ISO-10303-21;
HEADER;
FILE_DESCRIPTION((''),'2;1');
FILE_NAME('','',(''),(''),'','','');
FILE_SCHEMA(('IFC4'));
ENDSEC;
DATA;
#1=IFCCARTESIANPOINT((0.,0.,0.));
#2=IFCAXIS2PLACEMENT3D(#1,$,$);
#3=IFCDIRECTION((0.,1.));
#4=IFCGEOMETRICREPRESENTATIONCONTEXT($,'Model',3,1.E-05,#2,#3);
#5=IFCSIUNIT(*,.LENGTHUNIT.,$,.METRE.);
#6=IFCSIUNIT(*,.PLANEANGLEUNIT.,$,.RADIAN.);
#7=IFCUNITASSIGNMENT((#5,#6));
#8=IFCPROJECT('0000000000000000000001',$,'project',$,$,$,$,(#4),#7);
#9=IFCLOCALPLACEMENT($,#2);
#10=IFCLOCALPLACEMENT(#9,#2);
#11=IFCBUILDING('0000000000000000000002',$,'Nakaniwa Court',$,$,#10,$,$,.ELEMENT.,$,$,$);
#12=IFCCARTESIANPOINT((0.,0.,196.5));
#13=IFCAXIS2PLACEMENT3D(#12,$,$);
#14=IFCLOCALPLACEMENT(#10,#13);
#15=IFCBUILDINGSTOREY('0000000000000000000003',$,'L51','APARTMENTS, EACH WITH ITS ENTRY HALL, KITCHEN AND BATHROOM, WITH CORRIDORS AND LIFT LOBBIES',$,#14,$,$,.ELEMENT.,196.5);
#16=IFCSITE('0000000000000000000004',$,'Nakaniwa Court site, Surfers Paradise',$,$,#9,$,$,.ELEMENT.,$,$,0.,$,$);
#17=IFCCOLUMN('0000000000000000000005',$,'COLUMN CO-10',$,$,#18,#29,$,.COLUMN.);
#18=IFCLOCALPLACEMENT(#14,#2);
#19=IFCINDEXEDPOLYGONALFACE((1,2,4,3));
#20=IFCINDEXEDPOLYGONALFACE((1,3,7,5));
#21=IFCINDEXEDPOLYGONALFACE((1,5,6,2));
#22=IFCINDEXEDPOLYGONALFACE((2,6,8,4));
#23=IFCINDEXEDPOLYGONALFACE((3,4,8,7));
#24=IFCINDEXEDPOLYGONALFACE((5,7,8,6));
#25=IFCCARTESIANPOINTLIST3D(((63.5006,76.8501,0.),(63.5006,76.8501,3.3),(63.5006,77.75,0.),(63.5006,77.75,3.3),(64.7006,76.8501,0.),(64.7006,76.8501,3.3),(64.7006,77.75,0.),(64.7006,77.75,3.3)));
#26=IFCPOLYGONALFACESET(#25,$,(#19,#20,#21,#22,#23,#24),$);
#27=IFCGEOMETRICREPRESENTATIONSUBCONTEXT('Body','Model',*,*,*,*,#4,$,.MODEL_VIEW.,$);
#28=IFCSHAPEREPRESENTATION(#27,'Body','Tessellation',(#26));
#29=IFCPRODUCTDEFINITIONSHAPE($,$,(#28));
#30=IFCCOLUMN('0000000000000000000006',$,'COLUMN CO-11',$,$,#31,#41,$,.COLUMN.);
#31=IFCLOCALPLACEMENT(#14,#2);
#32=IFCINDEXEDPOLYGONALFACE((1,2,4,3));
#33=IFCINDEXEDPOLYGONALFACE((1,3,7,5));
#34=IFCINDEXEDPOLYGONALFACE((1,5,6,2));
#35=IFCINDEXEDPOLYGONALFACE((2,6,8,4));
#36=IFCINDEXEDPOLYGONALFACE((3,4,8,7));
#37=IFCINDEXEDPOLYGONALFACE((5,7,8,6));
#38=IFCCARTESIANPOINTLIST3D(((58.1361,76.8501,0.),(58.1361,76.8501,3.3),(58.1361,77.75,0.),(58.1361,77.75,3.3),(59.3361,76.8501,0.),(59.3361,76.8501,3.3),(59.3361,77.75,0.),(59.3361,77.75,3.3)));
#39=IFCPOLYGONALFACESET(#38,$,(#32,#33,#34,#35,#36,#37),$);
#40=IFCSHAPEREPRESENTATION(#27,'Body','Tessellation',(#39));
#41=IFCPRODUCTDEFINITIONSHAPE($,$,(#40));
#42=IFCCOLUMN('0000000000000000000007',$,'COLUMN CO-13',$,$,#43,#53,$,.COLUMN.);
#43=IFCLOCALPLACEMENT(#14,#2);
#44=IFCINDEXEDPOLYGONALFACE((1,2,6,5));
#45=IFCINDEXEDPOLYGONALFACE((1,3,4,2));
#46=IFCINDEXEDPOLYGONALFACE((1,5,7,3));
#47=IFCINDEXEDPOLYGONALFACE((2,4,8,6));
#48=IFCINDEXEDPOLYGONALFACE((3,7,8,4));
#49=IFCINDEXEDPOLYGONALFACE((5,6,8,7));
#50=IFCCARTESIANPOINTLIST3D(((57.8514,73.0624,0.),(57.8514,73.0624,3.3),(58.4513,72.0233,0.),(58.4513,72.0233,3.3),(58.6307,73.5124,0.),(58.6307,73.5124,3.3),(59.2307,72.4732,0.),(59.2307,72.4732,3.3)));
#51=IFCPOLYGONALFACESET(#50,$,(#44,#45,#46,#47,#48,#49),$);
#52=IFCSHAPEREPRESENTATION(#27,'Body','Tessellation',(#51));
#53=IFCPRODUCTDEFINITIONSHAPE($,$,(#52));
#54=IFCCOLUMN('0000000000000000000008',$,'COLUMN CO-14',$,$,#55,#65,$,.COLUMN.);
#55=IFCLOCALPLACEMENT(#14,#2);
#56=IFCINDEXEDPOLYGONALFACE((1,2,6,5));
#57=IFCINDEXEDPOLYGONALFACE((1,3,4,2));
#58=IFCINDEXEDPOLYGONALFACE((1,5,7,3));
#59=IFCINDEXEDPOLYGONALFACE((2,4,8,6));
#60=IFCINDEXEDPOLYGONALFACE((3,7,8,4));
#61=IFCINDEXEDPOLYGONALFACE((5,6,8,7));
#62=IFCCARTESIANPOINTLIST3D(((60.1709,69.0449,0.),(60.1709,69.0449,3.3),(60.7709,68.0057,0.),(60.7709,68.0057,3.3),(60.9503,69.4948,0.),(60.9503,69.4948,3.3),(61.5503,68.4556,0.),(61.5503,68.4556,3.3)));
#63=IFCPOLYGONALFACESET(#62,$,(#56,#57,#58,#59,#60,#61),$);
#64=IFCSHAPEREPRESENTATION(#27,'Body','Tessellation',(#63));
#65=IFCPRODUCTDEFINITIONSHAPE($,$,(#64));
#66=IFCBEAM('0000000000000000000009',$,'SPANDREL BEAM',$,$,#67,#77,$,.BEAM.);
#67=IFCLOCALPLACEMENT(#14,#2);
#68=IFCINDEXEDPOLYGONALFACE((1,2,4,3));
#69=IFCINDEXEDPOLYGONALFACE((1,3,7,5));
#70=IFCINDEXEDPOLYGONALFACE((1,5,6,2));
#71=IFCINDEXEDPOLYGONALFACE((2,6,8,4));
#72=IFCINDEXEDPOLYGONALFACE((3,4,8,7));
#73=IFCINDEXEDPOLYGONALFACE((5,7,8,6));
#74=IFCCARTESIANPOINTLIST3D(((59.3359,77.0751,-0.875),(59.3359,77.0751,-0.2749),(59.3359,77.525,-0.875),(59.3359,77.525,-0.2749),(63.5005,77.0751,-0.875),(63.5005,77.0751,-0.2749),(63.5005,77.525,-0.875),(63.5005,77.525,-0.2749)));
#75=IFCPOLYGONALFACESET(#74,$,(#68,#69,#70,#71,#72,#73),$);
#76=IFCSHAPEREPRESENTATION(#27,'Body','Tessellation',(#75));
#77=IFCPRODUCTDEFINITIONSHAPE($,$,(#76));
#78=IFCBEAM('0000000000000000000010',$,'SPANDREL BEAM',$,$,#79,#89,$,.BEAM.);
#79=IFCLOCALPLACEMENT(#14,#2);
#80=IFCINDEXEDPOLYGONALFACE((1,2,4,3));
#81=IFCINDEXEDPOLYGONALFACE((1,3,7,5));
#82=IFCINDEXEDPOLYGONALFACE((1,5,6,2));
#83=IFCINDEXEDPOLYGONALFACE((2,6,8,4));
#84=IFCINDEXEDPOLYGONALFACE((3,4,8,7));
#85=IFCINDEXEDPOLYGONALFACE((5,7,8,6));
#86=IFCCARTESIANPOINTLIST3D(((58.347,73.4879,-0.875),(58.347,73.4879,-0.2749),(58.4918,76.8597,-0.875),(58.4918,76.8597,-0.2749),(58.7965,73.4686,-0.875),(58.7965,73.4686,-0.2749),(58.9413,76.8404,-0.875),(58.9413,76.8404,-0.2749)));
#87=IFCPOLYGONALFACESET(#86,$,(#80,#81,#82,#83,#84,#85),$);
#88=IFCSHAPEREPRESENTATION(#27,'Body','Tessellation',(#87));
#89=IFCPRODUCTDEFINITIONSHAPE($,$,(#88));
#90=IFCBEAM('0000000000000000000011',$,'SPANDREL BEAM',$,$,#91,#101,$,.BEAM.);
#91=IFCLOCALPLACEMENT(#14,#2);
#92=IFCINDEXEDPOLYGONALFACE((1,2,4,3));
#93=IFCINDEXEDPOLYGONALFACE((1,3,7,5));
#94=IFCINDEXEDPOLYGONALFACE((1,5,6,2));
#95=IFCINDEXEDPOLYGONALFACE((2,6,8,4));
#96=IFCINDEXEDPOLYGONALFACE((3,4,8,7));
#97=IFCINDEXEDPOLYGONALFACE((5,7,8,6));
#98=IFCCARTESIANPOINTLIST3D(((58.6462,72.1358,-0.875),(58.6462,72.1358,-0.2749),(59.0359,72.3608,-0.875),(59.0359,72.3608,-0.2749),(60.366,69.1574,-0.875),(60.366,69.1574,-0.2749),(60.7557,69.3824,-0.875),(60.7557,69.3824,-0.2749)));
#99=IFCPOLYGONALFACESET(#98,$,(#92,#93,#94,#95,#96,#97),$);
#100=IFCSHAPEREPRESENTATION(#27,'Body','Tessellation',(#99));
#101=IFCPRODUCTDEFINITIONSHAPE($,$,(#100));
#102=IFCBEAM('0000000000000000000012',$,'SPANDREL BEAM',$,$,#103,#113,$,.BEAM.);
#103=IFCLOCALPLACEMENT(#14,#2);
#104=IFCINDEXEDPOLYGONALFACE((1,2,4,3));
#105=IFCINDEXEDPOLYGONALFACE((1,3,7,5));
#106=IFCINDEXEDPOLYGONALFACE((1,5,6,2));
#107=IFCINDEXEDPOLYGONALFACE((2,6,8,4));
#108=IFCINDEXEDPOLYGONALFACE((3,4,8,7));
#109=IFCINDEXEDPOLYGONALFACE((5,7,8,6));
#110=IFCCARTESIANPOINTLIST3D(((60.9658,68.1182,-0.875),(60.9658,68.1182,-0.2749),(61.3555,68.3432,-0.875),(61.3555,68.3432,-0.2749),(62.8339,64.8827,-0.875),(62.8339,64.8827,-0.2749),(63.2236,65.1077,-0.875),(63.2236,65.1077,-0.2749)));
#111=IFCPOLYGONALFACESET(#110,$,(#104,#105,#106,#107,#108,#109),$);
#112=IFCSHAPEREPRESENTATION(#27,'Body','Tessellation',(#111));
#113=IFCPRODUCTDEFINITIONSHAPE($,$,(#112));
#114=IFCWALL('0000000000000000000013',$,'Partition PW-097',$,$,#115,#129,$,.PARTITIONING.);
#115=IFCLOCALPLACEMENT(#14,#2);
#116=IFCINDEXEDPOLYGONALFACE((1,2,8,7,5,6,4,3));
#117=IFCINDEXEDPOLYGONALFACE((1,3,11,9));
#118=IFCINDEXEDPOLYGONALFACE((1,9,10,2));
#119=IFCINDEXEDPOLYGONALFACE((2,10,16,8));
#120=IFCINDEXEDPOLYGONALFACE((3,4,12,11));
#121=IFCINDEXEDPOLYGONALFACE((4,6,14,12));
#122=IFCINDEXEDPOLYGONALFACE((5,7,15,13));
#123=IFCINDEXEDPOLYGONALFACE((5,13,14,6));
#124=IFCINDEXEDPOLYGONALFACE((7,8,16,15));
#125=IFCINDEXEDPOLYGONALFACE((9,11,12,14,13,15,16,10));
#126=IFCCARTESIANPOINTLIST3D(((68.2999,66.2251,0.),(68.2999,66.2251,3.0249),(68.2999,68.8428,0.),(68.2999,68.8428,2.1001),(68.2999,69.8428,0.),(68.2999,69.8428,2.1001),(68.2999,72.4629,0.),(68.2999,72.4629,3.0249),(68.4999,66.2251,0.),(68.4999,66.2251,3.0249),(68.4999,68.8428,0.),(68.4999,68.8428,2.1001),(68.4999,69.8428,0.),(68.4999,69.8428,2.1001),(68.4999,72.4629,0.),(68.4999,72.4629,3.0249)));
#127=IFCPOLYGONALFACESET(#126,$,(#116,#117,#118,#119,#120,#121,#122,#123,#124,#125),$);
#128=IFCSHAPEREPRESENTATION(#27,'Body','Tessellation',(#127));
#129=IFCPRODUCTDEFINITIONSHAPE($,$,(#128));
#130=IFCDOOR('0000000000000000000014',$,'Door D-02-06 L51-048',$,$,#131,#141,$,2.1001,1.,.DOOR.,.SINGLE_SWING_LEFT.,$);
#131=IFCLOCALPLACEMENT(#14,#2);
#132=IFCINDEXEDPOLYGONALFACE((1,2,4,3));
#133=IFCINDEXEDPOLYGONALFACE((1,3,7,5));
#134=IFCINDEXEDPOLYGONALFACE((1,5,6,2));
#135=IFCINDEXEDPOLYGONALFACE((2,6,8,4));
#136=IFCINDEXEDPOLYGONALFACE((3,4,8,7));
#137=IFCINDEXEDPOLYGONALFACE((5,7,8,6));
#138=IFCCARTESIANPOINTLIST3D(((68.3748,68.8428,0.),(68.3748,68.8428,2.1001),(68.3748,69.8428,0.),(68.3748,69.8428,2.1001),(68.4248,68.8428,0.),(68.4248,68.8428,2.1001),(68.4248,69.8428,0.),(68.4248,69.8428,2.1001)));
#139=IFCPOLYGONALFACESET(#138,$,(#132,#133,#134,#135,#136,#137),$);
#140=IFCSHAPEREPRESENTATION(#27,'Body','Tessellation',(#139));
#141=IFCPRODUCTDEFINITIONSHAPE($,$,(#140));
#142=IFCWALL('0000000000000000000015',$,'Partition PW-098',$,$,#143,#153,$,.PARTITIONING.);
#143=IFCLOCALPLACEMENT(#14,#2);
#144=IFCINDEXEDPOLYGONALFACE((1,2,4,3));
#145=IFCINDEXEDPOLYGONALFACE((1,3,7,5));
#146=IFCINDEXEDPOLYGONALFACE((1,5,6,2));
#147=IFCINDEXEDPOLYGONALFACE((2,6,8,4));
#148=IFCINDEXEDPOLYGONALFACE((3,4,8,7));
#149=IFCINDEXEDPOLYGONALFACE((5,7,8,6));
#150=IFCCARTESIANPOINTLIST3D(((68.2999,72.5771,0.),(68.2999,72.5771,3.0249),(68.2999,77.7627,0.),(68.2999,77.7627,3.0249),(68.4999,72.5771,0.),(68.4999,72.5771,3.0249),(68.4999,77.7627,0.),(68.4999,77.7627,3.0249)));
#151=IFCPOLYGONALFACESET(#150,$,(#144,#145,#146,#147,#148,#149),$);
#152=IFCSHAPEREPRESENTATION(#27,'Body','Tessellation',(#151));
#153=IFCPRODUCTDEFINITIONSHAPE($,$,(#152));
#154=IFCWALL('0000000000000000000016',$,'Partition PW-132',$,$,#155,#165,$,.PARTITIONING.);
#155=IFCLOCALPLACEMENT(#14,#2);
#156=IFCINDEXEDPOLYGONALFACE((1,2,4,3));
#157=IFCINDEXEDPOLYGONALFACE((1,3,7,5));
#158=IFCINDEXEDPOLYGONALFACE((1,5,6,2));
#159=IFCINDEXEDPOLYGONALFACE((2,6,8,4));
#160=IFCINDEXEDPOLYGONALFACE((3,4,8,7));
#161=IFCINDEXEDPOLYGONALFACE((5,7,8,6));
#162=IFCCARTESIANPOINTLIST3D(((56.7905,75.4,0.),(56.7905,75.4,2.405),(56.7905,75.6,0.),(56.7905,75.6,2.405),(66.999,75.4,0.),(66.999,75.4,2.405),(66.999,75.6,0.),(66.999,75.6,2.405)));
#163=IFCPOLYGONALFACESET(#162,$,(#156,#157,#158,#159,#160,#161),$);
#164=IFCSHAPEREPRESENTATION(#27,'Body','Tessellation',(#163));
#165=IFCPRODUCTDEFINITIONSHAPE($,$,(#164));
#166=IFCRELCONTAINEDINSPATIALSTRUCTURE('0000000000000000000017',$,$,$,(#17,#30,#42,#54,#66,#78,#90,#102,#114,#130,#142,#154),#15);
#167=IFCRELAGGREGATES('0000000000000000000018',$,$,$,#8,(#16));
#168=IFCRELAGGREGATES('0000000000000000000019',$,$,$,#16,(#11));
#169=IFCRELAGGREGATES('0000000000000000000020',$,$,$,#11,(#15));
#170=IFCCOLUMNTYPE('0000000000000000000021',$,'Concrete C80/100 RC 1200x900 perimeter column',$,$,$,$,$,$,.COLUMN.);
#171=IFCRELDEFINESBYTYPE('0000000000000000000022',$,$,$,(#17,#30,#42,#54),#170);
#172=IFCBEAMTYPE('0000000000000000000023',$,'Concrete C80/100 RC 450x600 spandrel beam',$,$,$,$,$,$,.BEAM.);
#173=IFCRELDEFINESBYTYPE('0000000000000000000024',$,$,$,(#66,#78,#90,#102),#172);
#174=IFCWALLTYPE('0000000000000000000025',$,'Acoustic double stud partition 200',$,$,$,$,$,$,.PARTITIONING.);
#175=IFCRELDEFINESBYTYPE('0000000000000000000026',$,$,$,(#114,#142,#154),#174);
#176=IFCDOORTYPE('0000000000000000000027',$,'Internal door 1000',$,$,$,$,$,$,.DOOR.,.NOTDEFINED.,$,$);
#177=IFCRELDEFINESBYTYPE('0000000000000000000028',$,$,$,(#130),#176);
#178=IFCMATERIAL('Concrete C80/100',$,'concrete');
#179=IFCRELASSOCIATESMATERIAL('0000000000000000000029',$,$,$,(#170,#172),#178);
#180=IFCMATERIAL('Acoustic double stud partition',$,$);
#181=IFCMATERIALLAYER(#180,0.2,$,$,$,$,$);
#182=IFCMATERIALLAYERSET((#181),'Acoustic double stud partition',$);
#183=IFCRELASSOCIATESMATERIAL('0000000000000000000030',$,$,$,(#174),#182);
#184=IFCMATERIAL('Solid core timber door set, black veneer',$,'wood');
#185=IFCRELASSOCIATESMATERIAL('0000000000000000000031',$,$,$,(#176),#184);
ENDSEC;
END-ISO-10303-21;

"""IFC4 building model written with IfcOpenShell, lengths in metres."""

from ifc_helpers import new_model, si_unit, direction, frame, frame_2d, origin, origin_2d, place, context, subcontext, project, spatial, rectangle, extrude, material, layer, layer_set, material_profile, profile_set, type_object, element, fill, save


model = new_model("IFC4")

# Units and contexts
model_context = context("Model", 3, precision=1e-05, world=origin(), true_north=direction((0.0, 1.0)))
body_context = subcontext(model_context, "Body", "Model", "MODEL_VIEW")
ifc_project = project(units=[si_unit("LENGTHUNIT", "METRE"), si_unit("PLANEANGLEUNIT", "RADIAN")], contexts=[model_context])

# Site, building, storey
site_placement = place(None, origin())
site = spatial("IfcSite", under=ifc_project, at=site_placement, Name="Nakaniwa Court site, Surfers Paradise", CompositionType="ELEMENT", RefElevation=0.0)
building_placement = place(site_placement, origin())
building = spatial("IfcBuilding", under=site, at=building_placement, Name="Nakaniwa Court", CompositionType="ELEMENT")
storey_placement = place(building_placement, frame((0.0, 0.0, 196.5)))
storey = spatial("IfcBuildingStorey", under=building, at=storey_placement, Name="L51", Description="APARTMENTS, EACH WITH ITS ENTRY HALL, KITCHEN AND BATHROOM, WITH CORRIDORS AND LIFT LOBBIES", CompositionType="ELEMENT", Elevation=196.5)

# Columns
ifc_material_1 = material(Name="Concrete C80/100", Category="concrete")
ifc_material_profile_1 = material_profile(ifc_material_1, rectangle(XDim=1.2, YDim=0.8999, at=origin_2d()), Name="Concrete C80/100 RC 1200x900 perimeter column")
ifc_profile_set_1 = profile_set([ifc_material_profile_1], Name="Concrete C80/100")
column_type = type_object("IfcColumnType", Name="Concrete C80/100 RC 1200x900 perimeter column", PredefinedType="COLUMN", material=ifc_profile_set_1)
for number, where, z_axis, x_axis, name in (
    (1, (64.1006, 77.3, 0.0), (0.0, 0.0, 1.0), (-1.0, 0.0, 0.0), "COLUMN CO-10"),
    (2, (58.7361, 77.3, 0.0), (0.0, 0.0, 1.0), (-1.0, 0.0, 0.0), "COLUMN CO-11"),
    (3, (58.541, 72.7678, 0.0), (0.0, 0.0, 1.0), (0.5, -0.866025, 0.0), "COLUMN CO-13"),
    (4, (60.8606, 68.7502, 0.0), (0.0, 0.0, 1.0), (0.5, -0.866025, 0.0), "COLUMN CO-14"),
):
    element("IfcColumn", number, at=place(storey_placement, frame(where, z_axis=z_axis, x_axis=x_axis)), inside=storey, type_object=column_type, Name=name, PredefinedType="COLUMN", context=body_context, shape_type="SweptSolid", body=[
        extrude(rectangle(XDim=1.2, YDim=0.8999, at=origin_2d()), origin(), (0.0, 0.0, 1.0), 3.3),
    ])

# Beams
ifc_material_profile_2 = material_profile(ifc_material_1, rectangle(XDim=0.45, YDim=0.6001, at=origin_2d()), Name="Concrete C80/100 RC 450x600 spandrel beam")
ifc_profile_set_2 = profile_set([ifc_material_profile_2], Name="Concrete C80/100")
beam_type = type_object("IfcBeamType", Name="Concrete C80/100 RC 450x600 spandrel beam", PredefinedType="BEAM", material=ifc_profile_set_2)
beam_1_placement = place(storey_placement, frame((63.5005, 77.3, -0.575), z_axis=(-1.0, 0.0, 0.0), x_axis=(0.0, -1.0, 0.0)))
element("IfcBeam", 5, at=beam_1_placement, inside=storey, type_object=beam_type, Name="SPANDREL BEAM", PredefinedType="BEAM", context=body_context, shape_type="SweptSolid", body=[
    extrude(rectangle(XDim=0.45, YDim=0.6001, at=origin_2d()), origin(), (0.0, 0.0, 1.0), 4.1646),
])
beam_2_placement = place(storey_placement, frame((58.7166, 76.8501, -0.575), z_axis=(-0.042897, -0.999079, 0.0), x_axis=(0.999079, -0.042897, 0.0)))
element("IfcBeam", 6, at=beam_2_placement, inside=storey, type_object=beam_type, Name="SPANDREL BEAM", PredefinedType="BEAM", context=body_context, shape_type="SweptSolid", body=[
    extrude(rectangle(XDim=0.45, YDim=0.6001, at=origin_2d()), origin(), (0.0, 0.0, 1.0), 3.375),
])
beam_3_placement = place(storey_placement, frame((58.8411, 72.2483, -0.575), z_axis=(0.500048, -0.865998, 0.0), x_axis=(0.865998, 0.500048, 0.0)))
element("IfcBeam", 7, at=beam_3_placement, inside=storey, type_object=beam_type, Name="SPANDREL BEAM", PredefinedType="BEAM", context=body_context, shape_type="SweptSolid", body=[
    extrude(rectangle(XDim=0.45, YDim=0.6001, at=origin_2d()), origin(), (0.0, 0.0, 1.0), 3.4392),
])
beam_4_placement = place(storey_placement, frame((61.1606, 68.2307, -0.575), z_axis=(0.500018, -0.866015, 0.0), x_axis=(0.866015, 0.500018, 0.0)))
element("IfcBeam", 8, at=beam_4_placement, inside=storey, type_object=beam_type, Name="SPANDREL BEAM", PredefinedType="BEAM", context=body_context, shape_type="SweptSolid", body=[
    extrude(rectangle(XDim=0.45, YDim=0.6001, at=origin_2d()), origin(), (0.0, 0.0, 1.0), 3.7361),
])

# Wall, opening, door
ifc_material_2 = material(Name="Acoustic double stud partition")
ifc_layer_1 = layer(ifc_material_2, 0.2)
ifc_layer_set_1 = layer_set([ifc_layer_1], Name="Acoustic double stud partition")
wall_type_1 = type_object("IfcWallType", Name="Acoustic double stud partition 200", PredefinedType="PARTITIONING", material=ifc_layer_set_1)
wall_1_placement = place(storey_placement, frame((68.3999, 72.4629, 0.0), z_axis=(0.0, 0.0, 1.0), x_axis=(0.0, -1.0, 0.0)))
wall_1 = element("IfcWall", 9, at=wall_1_placement, inside=storey, type_object=wall_type_1, Name="Partition PW-097", PredefinedType="PARTITIONING", context=body_context, shape_type="SweptSolid", body=[
    extrude(rectangle(XDim=6.2378, YDim=0.2, at=frame_2d((3.1189, 0.0))), origin(), (0.0, 0.0, 1.0), 3.0249),
])
opening_1_placement = place(wall_1_placement, frame((2.6201, 0.0, 0.0)))
opening_1 = element("IfcOpeningElement", 10, at=opening_1_placement, cuts=wall_1, PredefinedType="OPENING", context=body_context, shape_type="SweptSolid", body=[
    extrude(rectangle(XDim=1.0, YDim=2.1001, at=frame_2d((0.5, 1.05))), frame((0.0, 0.1099, 0.0), z_axis=(0.0, -1.0, 0.0), x_axis=(1.0, 0.0, 0.0)), (0.0, 0.0, 1.0), 0.22),
])
ifc_material_3 = material(Name="Solid core timber door set, black veneer", Category="wood")
door_type_1 = type_object("IfcDoorType", Name="Internal door 1000", OperationType="NOTDEFINED", PredefinedType="DOOR", material=ifc_material_3)
door_1_placement = place(opening_1_placement, origin())
door_1 = element("IfcDoor", 11, at=door_1_placement, inside=storey, type_object=door_type_1, Name="Door D-02-06 L51-048", OperationType="SINGLE_SWING_LEFT", OverallHeight=2.1001, OverallWidth=1.0, PredefinedType="DOOR", context=body_context, shape_type="SweptSolid", body=[
    extrude(rectangle(XDim=1.0, YDim=2.1001, at=frame_2d((0.5, 1.05))), frame((0.0, 0.0249, 0.0), z_axis=(0.0, -1.0, 0.0), x_axis=(1.0, 0.0, 0.0)), (0.0, 0.0, 1.0), 0.05),
])
fill(opening_1, door_1)

# Walls
wall_2_placement = place(storey_placement, frame((68.3999, 72.5771, 0.0), z_axis=(0.0, 0.0, 1.0), x_axis=(0.0, 1.0, 0.0)))
element("IfcWall", 12, at=wall_2_placement, inside=storey, type_object=wall_type_1, Name="Partition PW-098", PredefinedType="PARTITIONING", context=body_context, shape_type="SweptSolid", body=[
    extrude(rectangle(XDim=5.1855, YDim=0.2, at=frame_2d((2.5928, 0.0))), origin(), (0.0, 0.0, 1.0), 3.0249),
])
wall_3_placement = place(storey_placement, frame((56.7905, 75.5, 0.0), z_axis=(0.0, 0.0, 1.0), x_axis=(1.0, 0.0, 0.0)))
element("IfcWall", 13, at=wall_3_placement, inside=storey, type_object=wall_type_1, Name="Partition PW-132", PredefinedType="PARTITIONING", context=body_context, shape_type="SweptSolid", body=[
    extrude(rectangle(XDim=10.2085, YDim=0.2, at=frame_2d((5.1042, 0.0))), origin(), (0.0, 0.0, 1.0), 2.405),
])

save(model, "model.ifc")
